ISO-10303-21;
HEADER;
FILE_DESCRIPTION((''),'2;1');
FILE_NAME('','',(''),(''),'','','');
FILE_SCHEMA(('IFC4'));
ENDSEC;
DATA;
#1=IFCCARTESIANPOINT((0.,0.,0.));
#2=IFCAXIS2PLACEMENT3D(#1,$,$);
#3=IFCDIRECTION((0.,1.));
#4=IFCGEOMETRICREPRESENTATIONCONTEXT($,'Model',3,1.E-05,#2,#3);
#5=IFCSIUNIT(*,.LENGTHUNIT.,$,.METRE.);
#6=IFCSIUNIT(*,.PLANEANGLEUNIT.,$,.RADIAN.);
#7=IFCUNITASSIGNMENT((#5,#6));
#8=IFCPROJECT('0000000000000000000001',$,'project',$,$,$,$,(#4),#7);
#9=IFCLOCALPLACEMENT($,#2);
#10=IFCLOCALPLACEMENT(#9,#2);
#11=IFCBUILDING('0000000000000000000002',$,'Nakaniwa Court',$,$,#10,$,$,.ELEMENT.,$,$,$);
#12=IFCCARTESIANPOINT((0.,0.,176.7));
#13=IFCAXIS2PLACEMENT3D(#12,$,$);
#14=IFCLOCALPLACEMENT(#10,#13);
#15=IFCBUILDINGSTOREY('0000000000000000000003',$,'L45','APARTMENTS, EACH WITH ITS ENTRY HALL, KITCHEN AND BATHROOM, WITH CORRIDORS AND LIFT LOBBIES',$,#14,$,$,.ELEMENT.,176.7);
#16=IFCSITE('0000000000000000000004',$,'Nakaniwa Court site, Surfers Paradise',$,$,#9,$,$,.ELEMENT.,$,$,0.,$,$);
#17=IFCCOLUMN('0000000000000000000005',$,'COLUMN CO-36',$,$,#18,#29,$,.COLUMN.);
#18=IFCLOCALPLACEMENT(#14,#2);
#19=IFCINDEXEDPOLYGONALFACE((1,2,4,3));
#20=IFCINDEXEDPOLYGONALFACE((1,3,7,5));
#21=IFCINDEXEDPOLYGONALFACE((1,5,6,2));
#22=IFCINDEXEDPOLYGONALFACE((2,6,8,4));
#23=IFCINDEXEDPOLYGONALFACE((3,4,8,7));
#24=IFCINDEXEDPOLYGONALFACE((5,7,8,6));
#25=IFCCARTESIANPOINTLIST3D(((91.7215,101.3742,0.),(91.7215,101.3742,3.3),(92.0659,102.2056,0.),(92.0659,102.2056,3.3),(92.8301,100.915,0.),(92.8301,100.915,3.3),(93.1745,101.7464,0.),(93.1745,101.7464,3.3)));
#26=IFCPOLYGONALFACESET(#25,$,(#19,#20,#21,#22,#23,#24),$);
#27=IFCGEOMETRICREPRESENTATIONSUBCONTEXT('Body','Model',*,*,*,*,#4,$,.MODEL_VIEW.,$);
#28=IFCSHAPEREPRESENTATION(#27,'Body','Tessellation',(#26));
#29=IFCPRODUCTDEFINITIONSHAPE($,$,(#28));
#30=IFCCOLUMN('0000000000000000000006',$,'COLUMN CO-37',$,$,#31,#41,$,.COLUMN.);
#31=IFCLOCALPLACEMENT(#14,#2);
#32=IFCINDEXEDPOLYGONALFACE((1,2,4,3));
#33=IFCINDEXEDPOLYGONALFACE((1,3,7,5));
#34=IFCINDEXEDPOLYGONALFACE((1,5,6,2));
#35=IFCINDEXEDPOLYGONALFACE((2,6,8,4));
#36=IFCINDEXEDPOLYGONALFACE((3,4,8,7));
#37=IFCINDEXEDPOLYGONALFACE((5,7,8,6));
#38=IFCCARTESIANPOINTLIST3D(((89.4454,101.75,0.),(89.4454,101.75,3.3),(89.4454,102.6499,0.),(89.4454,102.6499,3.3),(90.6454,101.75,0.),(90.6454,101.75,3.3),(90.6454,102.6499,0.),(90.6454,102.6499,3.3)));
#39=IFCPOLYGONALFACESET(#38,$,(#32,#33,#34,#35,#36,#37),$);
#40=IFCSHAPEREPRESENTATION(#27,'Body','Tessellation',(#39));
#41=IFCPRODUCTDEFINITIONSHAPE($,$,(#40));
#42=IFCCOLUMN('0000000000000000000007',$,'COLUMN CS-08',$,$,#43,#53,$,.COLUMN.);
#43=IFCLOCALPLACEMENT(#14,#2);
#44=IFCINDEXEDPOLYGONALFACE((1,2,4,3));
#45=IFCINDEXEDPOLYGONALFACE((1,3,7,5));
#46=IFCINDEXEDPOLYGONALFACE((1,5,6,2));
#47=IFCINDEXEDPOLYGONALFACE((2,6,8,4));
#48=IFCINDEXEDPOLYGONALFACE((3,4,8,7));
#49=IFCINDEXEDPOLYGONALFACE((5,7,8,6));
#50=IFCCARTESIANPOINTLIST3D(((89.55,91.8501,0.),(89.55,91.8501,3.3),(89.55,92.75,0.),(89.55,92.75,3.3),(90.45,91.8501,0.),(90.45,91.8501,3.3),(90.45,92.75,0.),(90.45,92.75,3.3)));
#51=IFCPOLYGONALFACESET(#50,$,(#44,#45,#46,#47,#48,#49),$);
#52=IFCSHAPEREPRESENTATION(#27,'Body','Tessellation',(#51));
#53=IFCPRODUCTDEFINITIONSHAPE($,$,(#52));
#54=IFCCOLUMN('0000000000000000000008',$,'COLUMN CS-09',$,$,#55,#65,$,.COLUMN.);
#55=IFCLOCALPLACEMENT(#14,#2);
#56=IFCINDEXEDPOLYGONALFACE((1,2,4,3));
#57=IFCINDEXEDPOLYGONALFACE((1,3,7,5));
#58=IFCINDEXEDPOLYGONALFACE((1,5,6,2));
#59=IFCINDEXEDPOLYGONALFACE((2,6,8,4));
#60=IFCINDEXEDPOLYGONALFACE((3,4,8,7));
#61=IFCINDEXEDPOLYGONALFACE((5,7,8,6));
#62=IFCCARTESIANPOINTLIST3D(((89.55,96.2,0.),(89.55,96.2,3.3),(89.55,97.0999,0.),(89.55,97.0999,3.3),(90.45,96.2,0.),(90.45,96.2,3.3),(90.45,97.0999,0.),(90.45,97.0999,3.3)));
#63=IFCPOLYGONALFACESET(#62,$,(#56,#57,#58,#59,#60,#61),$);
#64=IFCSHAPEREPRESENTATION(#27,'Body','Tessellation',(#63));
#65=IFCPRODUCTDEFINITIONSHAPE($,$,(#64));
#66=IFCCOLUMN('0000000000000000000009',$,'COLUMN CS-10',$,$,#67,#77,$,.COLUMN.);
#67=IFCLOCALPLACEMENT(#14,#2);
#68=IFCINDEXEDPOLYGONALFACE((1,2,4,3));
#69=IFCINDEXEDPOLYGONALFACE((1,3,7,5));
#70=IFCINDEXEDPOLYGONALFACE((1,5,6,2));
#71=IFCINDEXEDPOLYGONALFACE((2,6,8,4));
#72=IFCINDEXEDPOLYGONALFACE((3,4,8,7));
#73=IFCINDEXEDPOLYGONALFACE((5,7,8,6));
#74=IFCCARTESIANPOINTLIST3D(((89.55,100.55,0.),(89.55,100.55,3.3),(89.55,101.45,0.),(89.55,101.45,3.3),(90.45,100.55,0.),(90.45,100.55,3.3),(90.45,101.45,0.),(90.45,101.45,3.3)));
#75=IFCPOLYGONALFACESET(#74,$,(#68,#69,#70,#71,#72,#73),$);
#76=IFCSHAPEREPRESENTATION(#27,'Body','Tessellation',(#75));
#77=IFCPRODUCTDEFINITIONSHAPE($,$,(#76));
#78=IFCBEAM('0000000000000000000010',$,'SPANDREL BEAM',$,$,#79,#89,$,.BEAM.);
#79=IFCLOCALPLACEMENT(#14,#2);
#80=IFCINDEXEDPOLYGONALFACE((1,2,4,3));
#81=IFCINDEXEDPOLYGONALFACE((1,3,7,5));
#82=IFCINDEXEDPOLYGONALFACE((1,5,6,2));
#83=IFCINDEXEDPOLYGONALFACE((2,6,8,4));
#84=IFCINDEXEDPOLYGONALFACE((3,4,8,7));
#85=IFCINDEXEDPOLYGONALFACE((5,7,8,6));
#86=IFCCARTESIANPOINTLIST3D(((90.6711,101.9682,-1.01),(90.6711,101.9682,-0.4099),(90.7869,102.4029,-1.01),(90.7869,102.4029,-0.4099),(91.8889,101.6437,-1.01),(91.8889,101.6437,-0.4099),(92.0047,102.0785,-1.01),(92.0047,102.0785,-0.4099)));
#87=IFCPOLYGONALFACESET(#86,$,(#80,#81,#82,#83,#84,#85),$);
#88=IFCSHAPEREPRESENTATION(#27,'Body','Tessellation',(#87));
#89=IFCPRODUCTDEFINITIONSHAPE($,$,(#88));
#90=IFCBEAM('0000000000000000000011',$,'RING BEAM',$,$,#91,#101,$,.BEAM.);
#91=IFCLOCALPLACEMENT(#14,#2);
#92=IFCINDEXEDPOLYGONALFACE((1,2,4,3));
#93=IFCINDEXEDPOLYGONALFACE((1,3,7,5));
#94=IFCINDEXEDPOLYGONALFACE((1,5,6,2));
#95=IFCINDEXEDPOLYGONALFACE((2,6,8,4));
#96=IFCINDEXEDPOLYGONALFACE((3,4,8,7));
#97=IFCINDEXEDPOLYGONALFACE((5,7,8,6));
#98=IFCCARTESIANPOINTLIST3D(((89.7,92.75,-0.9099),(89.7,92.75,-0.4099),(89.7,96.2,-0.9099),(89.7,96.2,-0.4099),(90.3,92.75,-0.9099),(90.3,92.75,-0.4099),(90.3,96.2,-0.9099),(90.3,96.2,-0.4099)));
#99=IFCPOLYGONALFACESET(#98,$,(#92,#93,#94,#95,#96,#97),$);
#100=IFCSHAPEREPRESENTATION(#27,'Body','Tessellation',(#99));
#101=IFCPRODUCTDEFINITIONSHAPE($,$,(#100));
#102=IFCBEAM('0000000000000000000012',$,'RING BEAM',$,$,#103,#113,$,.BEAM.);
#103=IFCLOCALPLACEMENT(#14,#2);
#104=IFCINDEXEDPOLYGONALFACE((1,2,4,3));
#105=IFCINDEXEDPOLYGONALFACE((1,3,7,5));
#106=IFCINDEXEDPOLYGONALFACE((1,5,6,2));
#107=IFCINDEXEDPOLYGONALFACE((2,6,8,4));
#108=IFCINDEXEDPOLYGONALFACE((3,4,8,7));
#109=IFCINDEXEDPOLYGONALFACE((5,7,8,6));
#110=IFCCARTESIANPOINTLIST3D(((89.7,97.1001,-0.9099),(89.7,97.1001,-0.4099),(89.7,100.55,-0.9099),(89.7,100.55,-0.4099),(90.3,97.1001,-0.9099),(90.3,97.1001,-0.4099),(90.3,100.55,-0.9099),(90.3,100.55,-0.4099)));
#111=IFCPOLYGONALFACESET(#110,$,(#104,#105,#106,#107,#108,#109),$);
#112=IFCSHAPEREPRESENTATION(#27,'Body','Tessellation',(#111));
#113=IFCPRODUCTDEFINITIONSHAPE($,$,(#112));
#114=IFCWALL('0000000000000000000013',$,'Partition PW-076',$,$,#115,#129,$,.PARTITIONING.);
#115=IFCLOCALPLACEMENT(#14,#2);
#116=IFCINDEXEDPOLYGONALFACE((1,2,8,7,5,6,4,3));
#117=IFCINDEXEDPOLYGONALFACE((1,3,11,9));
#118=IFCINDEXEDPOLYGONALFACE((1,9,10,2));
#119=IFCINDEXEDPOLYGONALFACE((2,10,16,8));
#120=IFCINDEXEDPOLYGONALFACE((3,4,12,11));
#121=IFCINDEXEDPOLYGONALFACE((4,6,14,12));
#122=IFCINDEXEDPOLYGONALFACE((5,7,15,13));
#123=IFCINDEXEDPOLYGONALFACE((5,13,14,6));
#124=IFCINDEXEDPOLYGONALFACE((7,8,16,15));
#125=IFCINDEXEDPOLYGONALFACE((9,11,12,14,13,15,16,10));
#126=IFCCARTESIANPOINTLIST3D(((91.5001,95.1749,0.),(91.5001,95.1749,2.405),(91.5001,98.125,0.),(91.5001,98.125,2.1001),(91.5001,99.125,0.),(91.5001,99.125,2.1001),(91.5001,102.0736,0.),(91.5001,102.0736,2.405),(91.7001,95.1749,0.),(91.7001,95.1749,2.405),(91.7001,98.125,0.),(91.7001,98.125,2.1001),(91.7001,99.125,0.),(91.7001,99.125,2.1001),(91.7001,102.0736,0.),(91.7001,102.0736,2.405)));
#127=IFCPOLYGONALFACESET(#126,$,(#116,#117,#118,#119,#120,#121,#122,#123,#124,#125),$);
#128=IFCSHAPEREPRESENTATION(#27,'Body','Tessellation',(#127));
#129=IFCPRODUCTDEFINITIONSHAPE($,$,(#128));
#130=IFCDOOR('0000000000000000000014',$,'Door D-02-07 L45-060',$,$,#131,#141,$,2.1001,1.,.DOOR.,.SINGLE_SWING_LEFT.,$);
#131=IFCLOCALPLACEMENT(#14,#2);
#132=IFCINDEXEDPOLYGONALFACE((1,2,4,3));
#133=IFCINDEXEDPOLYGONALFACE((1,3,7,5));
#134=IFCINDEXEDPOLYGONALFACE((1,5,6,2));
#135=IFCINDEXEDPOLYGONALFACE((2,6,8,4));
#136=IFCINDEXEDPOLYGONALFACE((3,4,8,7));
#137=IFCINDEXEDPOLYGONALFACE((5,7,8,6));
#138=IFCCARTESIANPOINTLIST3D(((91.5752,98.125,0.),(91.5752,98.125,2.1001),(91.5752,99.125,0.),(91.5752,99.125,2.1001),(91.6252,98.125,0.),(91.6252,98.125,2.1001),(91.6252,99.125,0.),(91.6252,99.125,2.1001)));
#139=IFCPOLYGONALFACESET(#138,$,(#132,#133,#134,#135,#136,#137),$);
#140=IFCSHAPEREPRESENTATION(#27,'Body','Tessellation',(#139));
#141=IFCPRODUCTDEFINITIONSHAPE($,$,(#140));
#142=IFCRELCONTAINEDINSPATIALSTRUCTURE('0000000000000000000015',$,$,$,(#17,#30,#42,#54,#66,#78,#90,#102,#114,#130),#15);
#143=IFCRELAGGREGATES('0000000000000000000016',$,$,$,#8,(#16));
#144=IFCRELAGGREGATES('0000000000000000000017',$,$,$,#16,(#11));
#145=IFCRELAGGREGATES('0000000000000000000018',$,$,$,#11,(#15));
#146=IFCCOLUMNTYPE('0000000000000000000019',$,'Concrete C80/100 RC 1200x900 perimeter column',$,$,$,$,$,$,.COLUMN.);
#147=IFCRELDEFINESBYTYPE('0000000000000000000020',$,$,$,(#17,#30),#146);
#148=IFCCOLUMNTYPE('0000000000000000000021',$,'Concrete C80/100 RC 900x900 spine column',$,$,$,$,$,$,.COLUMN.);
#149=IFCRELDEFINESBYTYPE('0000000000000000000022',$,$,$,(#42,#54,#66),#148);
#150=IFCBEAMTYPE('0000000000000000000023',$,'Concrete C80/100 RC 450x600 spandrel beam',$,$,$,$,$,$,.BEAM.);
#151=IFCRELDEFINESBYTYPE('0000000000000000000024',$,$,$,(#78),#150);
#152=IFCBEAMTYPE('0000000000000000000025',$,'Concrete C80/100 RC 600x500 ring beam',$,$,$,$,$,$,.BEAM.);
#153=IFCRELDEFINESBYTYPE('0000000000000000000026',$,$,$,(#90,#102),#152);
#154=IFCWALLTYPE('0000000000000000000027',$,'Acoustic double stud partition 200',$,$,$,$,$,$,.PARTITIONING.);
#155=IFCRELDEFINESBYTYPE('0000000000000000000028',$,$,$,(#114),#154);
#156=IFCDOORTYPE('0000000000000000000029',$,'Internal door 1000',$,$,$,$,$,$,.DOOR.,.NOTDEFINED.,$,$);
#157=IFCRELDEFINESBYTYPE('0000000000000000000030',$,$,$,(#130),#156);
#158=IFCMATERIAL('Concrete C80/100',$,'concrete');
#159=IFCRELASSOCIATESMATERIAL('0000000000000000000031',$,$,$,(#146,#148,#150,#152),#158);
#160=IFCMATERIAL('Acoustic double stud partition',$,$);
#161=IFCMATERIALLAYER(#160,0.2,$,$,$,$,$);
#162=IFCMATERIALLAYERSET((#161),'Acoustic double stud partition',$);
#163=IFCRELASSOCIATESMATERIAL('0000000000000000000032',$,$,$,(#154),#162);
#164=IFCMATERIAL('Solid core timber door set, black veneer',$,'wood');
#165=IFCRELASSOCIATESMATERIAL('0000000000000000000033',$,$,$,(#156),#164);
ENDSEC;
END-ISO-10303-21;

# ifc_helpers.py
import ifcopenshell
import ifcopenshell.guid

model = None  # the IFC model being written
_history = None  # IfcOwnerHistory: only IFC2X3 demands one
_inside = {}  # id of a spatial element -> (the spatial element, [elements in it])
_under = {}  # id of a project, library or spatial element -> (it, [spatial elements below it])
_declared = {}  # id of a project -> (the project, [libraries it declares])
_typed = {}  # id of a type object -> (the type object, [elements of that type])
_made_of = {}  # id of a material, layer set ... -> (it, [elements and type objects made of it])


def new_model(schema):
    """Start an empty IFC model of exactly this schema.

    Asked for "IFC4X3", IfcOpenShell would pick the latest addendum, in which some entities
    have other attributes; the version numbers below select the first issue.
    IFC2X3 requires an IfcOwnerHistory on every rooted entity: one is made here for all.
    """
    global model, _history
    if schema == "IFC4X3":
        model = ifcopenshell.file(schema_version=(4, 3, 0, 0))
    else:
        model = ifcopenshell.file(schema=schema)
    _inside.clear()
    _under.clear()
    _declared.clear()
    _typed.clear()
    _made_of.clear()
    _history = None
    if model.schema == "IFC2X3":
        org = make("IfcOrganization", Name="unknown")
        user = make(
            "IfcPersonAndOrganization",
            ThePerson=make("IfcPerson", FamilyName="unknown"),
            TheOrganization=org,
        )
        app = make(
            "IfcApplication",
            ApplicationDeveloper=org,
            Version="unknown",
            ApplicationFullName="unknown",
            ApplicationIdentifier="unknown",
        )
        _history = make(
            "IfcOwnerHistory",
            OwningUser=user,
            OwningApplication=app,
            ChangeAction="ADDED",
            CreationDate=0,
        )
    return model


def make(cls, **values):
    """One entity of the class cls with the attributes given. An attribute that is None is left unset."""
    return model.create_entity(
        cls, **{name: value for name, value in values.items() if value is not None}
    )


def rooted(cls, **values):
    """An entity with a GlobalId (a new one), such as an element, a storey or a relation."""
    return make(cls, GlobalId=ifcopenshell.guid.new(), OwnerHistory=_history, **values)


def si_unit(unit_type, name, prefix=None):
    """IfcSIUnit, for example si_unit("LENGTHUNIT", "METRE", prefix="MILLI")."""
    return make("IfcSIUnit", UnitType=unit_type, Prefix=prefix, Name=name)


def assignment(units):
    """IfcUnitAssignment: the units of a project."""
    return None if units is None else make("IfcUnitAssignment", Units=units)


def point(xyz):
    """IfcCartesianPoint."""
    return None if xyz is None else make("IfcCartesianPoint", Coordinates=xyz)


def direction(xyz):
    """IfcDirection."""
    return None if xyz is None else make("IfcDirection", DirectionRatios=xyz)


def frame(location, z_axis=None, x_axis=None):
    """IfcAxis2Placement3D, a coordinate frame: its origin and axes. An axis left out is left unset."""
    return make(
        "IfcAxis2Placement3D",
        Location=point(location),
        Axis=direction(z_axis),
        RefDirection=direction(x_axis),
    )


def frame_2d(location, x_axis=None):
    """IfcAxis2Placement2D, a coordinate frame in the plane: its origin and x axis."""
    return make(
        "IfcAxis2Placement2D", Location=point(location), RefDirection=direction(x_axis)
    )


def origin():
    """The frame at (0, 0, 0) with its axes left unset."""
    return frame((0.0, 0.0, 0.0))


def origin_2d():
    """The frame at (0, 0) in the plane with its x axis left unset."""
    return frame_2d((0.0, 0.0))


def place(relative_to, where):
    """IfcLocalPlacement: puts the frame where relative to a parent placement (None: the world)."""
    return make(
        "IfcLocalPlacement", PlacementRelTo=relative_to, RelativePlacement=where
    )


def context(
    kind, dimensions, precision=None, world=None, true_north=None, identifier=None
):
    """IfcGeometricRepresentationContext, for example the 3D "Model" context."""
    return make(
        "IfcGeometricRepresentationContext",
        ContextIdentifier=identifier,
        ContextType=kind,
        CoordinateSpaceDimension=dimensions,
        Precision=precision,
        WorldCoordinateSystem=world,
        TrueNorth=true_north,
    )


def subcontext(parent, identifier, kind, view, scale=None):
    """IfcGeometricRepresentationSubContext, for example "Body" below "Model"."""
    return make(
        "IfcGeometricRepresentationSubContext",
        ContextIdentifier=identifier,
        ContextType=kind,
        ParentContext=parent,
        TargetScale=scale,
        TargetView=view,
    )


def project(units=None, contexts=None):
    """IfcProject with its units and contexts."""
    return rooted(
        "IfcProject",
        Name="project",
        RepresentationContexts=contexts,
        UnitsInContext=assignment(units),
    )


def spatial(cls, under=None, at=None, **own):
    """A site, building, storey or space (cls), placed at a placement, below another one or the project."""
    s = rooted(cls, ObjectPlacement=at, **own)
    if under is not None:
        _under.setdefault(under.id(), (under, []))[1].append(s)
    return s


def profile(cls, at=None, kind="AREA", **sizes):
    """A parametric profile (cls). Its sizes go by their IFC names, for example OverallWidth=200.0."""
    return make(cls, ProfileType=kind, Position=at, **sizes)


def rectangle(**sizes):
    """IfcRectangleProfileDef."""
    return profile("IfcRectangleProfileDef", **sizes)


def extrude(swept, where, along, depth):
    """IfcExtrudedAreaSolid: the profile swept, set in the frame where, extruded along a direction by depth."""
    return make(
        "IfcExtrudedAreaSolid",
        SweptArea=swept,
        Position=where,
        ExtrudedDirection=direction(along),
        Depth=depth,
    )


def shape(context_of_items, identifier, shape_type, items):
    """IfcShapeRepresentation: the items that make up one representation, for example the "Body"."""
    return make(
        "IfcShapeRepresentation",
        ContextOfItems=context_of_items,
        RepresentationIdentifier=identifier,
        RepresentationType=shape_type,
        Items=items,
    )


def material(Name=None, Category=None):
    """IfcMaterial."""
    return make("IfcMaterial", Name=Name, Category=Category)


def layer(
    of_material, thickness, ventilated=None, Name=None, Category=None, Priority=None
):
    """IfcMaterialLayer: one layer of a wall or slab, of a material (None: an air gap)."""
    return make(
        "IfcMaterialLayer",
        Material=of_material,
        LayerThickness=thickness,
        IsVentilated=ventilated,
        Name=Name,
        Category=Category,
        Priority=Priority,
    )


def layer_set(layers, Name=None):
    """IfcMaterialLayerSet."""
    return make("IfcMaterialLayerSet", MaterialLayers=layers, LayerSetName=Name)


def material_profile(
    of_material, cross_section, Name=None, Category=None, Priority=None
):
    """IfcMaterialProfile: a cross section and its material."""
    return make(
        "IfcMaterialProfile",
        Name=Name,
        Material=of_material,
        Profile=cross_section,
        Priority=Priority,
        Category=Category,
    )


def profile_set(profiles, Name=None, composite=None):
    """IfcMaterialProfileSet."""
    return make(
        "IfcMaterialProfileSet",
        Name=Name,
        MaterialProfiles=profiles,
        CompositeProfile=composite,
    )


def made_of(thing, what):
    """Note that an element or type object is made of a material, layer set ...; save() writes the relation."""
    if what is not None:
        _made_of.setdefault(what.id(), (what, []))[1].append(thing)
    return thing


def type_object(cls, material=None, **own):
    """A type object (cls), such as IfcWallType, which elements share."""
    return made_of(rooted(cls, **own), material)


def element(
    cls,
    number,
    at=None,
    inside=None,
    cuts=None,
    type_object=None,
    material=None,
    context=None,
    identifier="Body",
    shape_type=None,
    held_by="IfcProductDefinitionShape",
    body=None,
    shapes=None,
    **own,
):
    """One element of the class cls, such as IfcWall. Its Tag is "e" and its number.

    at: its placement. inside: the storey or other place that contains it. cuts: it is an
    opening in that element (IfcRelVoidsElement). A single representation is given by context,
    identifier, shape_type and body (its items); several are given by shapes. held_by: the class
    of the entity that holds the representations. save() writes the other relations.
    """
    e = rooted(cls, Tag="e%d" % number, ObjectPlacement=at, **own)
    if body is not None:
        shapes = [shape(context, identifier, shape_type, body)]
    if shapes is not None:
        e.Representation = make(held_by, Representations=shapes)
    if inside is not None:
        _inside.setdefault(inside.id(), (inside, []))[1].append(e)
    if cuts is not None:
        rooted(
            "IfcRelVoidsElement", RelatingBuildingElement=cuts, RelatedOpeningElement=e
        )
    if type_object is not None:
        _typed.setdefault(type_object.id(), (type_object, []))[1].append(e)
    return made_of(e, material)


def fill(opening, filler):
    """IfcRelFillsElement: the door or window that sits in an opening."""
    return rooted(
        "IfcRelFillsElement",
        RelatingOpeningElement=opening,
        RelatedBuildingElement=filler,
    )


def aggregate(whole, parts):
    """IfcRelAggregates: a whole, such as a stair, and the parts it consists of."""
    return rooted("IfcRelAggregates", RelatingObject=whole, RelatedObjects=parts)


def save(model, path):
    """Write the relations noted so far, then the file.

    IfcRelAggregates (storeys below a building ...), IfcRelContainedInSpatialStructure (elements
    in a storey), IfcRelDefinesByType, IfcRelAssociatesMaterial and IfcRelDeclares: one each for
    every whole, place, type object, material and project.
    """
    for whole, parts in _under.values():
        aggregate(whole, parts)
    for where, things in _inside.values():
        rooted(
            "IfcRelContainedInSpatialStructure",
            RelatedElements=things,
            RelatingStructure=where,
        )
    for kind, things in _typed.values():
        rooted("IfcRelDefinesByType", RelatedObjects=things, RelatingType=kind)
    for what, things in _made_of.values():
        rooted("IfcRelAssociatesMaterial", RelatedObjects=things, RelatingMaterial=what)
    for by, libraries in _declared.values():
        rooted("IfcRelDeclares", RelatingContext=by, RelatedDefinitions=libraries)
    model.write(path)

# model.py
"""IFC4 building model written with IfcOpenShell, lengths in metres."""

from ifc_helpers import new_model, si_unit, direction, frame, frame_2d, origin, origin_2d, place, context, subcontext, project, spatial, rectangle, extrude, material, layer, layer_set, material_profile, profile_set, type_object, element, fill, save


model = new_model("IFC4")

# Units and contexts
model_context = context("Model", 3, precision=1e-05, world=origin(), true_north=direction((0.0, 1.0)))
body_context = subcontext(model_context, "Body", "Model", "MODEL_VIEW")
ifc_project = project(units=[si_unit("LENGTHUNIT", "METRE"), si_unit("PLANEANGLEUNIT", "RADIAN")], contexts=[model_context])

# Site, building, storey
site_placement = place(None, origin())
site = spatial("IfcSite", under=ifc_project, at=site_placement, Name="Nakaniwa Court site, Surfers Paradise", CompositionType="ELEMENT", RefElevation=0.0)
building_placement = place(site_placement, origin())
building = spatial("IfcBuilding", under=site, at=building_placement, Name="Nakaniwa Court", CompositionType="ELEMENT")
storey_placement = place(building_placement, frame((0.0, 0.0, 176.7)))
storey = spatial("IfcBuildingStorey", under=building, at=storey_placement, Name="L45", Description="APARTMENTS, EACH WITH ITS ENTRY HALL, KITCHEN AND BATHROOM, WITH CORRIDORS AND LIFT LOBBIES", CompositionType="ELEMENT", Elevation=176.7)

# Columns
ifc_material_1 = material(Name="Concrete C80/100", Category="concrete")
ifc_material_profile_1 = material_profile(ifc_material_1, rectangle(XDim=1.2, YDim=0.8999, at=origin_2d()), Name="Concrete C80/100 RC 1200x900 perimeter column")
ifc_profile_set_1 = profile_set([ifc_material_profile_1], Name="Concrete C80/100")
column_type_1 = type_object("IfcColumnType", Name="Concrete C80/100 RC 1200x900 perimeter column", PredefinedType="COLUMN", material=ifc_profile_set_1)
for number, where, z_axis, x_axis, name in (
    (1, (92.448, 101.5603, 0.0), (0.0, 0.0, 1.0), (-0.92388, 0.382683, 0.0), "COLUMN CO-36"),
    (2, (90.0454, 102.2, 0.0), (0.0, 0.0, 1.0), (-1.0, 0.0, 0.0), "COLUMN CO-37"),
):
    element("IfcColumn", number, at=place(storey_placement, frame(where, z_axis=z_axis, x_axis=x_axis)), inside=storey, type_object=column_type_1, Name=name, PredefinedType="COLUMN", context=body_context, shape_type="SweptSolid", body=[
        extrude(rectangle(XDim=1.2, YDim=0.8999, at=origin_2d()), origin(), (0.0, 0.0, 1.0), 3.3),
    ])
ifc_material_profile_2 = material_profile(ifc_material_1, rectangle(XDim=0.8999, YDim=0.8999, at=origin_2d()), Name="Concrete C80/100 RC 900x900 spine column")
ifc_profile_set_2 = profile_set([ifc_material_profile_2], Name="Concrete C80/100")
column_type_2 = type_object("IfcColumnType", Name="Concrete C80/100 RC 900x900 spine column", PredefinedType="COLUMN", material=ifc_profile_set_2)
for number, where, z_axis, x_axis, name in (
    (3, (90.0, 92.3, 0.0), (0.0, 0.0, 1.0), (0.0, 1.0, 0.0), "COLUMN CS-08"),
    (4, (90.0, 96.6499, 0.0), (0.0, 0.0, 1.0), (0.0, 1.0, 0.0), "COLUMN CS-09"),
    (5, (90.0, 101.0, 0.0), (0.0, 0.0, 1.0), (0.0, 1.0, 0.0), "COLUMN CS-10"),
):
    element("IfcColumn", number, at=place(storey_placement, frame(where, z_axis=z_axis, x_axis=x_axis)), inside=storey, type_object=column_type_2, Name=name, PredefinedType="COLUMN", context=body_context, shape_type="SweptSolid", body=[
        extrude(rectangle(XDim=0.8999, YDim=0.8999, at=origin_2d()), origin(), (0.0, 0.0, 1.0), 3.3),
    ])

# Beams
ifc_material_profile_3 = material_profile(ifc_material_1, rectangle(XDim=0.45, YDim=0.6001, at=origin_2d()), Name="Concrete C80/100 RC 450x600 spandrel beam")
ifc_profile_set_3 = profile_set([ifc_material_profile_3], Name="Concrete C80/100")
beam_type_1 = type_object("IfcBeamType", Name="Concrete C80/100 RC 450x600 spandrel beam", PredefinedType="BEAM", material=ifc_profile_set_3)
beam_placement = place(storey_placement, frame((91.9468, 101.8611, -0.71), z_axis=(-0.96629, 0.257458, 0.0), x_axis=(-0.257458, -0.96629, 0.0)))
element("IfcBeam", 6, at=beam_placement, inside=storey, type_object=beam_type_1, Name="SPANDREL BEAM", PredefinedType="BEAM", context=body_context, shape_type="SweptSolid", body=[
    extrude(rectangle(XDim=0.45, YDim=0.6001, at=origin_2d()), origin(), (0.0, 0.0, 1.0), 1.2603),
])
ifc_material_profile_4 = material_profile(ifc_material_1, rectangle(XDim=0.6001, YDim=0.5, at=origin_2d()), Name="Concrete C80/100 RC 600x500 ring beam")
ifc_profile_set_4 = profile_set([ifc_material_profile_4], Name="Concrete C80/100")
beam_type_2 = type_object("IfcBeamType", Name="Concrete C80/100 RC 600x500 ring beam", PredefinedType="BEAM", material=ifc_profile_set_4)
for number, where, z_axis, x_axis, name in (
    (7, (90.0, 92.75, -0.6599), (0.0, 1.0, 0.0), (-1.0, 0.0, 0.0), "RING BEAM"),
    (8, (90.0, 97.1001, -0.6599), (0.0, 1.0, 0.0), (-1.0, 0.0, 0.0), "RING BEAM"),
):
    element("IfcBeam", number, at=place(storey_placement, frame(where, z_axis=z_axis, x_axis=x_axis)), inside=storey, type_object=beam_type_2, Name=name, PredefinedType="BEAM", context=body_context, shape_type="SweptSolid", body=[
        extrude(rectangle(XDim=0.6001, YDim=0.5, at=origin_2d()), origin(), (0.0, 0.0, 1.0), 3.45),
    ])

# Wall, opening, door
ifc_material_2 = material(Name="Acoustic double stud partition")
ifc_layer_1 = layer(ifc_material_2, 0.2)
ifc_layer_set_1 = layer_set([ifc_layer_1], Name="Acoustic double stud partition")
wall_type_1 = type_object("IfcWallType", Name="Acoustic double stud partition 200", PredefinedType="PARTITIONING", material=ifc_layer_set_1)
wall_1_placement = place(storey_placement, frame((91.6001, 95.175, 0.0), z_axis=(0.0, 0.0, 1.0), x_axis=(0.0, 1.0, 0.0)))
wall_1 = element("IfcWall", 9, at=wall_1_placement, inside=storey, type_object=wall_type_1, Name="Partition PW-076", PredefinedType="PARTITIONING", context=body_context, shape_type="SweptSolid", body=[
    extrude(rectangle(XDim=6.8987, YDim=0.2, at=frame_2d((3.4492, 0.0))), origin(), (0.0, 0.0, 1.0), 2.405),
])
opening_1_placement = place(wall_1_placement, frame((2.95, 0.0, 0.0)))
opening_1 = element("IfcOpeningElement", 10, at=opening_1_placement, cuts=wall_1, PredefinedType="OPENING", context=body_context, shape_type="SweptSolid", body=[
    extrude(rectangle(XDim=1.0, YDim=2.1001, at=frame_2d((0.5, 1.05))), frame((0.0, 0.1099, 0.0), z_axis=(0.0, -1.0, 0.0), x_axis=(1.0, 0.0, 0.0)), (0.0, 0.0, 1.0), 0.22),
])
ifc_material_3 = material(Name="Solid core timber door set, black veneer", Category="wood")
door_type_1 = type_object("IfcDoorType", Name="Internal door 1000", OperationType="NOTDEFINED", PredefinedType="DOOR", material=ifc_material_3)
door_1_placement = place(opening_1_placement, origin())
door_1 = element("IfcDoor", 11, at=door_1_placement, inside=storey, type_object=door_type_1, Name="Door D-02-07 L45-060", OperationType="SINGLE_SWING_LEFT", OverallHeight=2.1001, OverallWidth=1.0, PredefinedType="DOOR", context=body_context, shape_type="SweptSolid", body=[
    extrude(rectangle(XDim=1.0, YDim=2.1001, at=frame_2d((0.5, 1.05))), frame((0.0, 0.0249, 0.0), z_axis=(0.0, -1.0, 0.0), x_axis=(1.0, 0.0, 0.0)), (0.0, 0.0, 1.0), 0.05),
])
fill(opening_1, door_1)

save(model, "model.ifc")
